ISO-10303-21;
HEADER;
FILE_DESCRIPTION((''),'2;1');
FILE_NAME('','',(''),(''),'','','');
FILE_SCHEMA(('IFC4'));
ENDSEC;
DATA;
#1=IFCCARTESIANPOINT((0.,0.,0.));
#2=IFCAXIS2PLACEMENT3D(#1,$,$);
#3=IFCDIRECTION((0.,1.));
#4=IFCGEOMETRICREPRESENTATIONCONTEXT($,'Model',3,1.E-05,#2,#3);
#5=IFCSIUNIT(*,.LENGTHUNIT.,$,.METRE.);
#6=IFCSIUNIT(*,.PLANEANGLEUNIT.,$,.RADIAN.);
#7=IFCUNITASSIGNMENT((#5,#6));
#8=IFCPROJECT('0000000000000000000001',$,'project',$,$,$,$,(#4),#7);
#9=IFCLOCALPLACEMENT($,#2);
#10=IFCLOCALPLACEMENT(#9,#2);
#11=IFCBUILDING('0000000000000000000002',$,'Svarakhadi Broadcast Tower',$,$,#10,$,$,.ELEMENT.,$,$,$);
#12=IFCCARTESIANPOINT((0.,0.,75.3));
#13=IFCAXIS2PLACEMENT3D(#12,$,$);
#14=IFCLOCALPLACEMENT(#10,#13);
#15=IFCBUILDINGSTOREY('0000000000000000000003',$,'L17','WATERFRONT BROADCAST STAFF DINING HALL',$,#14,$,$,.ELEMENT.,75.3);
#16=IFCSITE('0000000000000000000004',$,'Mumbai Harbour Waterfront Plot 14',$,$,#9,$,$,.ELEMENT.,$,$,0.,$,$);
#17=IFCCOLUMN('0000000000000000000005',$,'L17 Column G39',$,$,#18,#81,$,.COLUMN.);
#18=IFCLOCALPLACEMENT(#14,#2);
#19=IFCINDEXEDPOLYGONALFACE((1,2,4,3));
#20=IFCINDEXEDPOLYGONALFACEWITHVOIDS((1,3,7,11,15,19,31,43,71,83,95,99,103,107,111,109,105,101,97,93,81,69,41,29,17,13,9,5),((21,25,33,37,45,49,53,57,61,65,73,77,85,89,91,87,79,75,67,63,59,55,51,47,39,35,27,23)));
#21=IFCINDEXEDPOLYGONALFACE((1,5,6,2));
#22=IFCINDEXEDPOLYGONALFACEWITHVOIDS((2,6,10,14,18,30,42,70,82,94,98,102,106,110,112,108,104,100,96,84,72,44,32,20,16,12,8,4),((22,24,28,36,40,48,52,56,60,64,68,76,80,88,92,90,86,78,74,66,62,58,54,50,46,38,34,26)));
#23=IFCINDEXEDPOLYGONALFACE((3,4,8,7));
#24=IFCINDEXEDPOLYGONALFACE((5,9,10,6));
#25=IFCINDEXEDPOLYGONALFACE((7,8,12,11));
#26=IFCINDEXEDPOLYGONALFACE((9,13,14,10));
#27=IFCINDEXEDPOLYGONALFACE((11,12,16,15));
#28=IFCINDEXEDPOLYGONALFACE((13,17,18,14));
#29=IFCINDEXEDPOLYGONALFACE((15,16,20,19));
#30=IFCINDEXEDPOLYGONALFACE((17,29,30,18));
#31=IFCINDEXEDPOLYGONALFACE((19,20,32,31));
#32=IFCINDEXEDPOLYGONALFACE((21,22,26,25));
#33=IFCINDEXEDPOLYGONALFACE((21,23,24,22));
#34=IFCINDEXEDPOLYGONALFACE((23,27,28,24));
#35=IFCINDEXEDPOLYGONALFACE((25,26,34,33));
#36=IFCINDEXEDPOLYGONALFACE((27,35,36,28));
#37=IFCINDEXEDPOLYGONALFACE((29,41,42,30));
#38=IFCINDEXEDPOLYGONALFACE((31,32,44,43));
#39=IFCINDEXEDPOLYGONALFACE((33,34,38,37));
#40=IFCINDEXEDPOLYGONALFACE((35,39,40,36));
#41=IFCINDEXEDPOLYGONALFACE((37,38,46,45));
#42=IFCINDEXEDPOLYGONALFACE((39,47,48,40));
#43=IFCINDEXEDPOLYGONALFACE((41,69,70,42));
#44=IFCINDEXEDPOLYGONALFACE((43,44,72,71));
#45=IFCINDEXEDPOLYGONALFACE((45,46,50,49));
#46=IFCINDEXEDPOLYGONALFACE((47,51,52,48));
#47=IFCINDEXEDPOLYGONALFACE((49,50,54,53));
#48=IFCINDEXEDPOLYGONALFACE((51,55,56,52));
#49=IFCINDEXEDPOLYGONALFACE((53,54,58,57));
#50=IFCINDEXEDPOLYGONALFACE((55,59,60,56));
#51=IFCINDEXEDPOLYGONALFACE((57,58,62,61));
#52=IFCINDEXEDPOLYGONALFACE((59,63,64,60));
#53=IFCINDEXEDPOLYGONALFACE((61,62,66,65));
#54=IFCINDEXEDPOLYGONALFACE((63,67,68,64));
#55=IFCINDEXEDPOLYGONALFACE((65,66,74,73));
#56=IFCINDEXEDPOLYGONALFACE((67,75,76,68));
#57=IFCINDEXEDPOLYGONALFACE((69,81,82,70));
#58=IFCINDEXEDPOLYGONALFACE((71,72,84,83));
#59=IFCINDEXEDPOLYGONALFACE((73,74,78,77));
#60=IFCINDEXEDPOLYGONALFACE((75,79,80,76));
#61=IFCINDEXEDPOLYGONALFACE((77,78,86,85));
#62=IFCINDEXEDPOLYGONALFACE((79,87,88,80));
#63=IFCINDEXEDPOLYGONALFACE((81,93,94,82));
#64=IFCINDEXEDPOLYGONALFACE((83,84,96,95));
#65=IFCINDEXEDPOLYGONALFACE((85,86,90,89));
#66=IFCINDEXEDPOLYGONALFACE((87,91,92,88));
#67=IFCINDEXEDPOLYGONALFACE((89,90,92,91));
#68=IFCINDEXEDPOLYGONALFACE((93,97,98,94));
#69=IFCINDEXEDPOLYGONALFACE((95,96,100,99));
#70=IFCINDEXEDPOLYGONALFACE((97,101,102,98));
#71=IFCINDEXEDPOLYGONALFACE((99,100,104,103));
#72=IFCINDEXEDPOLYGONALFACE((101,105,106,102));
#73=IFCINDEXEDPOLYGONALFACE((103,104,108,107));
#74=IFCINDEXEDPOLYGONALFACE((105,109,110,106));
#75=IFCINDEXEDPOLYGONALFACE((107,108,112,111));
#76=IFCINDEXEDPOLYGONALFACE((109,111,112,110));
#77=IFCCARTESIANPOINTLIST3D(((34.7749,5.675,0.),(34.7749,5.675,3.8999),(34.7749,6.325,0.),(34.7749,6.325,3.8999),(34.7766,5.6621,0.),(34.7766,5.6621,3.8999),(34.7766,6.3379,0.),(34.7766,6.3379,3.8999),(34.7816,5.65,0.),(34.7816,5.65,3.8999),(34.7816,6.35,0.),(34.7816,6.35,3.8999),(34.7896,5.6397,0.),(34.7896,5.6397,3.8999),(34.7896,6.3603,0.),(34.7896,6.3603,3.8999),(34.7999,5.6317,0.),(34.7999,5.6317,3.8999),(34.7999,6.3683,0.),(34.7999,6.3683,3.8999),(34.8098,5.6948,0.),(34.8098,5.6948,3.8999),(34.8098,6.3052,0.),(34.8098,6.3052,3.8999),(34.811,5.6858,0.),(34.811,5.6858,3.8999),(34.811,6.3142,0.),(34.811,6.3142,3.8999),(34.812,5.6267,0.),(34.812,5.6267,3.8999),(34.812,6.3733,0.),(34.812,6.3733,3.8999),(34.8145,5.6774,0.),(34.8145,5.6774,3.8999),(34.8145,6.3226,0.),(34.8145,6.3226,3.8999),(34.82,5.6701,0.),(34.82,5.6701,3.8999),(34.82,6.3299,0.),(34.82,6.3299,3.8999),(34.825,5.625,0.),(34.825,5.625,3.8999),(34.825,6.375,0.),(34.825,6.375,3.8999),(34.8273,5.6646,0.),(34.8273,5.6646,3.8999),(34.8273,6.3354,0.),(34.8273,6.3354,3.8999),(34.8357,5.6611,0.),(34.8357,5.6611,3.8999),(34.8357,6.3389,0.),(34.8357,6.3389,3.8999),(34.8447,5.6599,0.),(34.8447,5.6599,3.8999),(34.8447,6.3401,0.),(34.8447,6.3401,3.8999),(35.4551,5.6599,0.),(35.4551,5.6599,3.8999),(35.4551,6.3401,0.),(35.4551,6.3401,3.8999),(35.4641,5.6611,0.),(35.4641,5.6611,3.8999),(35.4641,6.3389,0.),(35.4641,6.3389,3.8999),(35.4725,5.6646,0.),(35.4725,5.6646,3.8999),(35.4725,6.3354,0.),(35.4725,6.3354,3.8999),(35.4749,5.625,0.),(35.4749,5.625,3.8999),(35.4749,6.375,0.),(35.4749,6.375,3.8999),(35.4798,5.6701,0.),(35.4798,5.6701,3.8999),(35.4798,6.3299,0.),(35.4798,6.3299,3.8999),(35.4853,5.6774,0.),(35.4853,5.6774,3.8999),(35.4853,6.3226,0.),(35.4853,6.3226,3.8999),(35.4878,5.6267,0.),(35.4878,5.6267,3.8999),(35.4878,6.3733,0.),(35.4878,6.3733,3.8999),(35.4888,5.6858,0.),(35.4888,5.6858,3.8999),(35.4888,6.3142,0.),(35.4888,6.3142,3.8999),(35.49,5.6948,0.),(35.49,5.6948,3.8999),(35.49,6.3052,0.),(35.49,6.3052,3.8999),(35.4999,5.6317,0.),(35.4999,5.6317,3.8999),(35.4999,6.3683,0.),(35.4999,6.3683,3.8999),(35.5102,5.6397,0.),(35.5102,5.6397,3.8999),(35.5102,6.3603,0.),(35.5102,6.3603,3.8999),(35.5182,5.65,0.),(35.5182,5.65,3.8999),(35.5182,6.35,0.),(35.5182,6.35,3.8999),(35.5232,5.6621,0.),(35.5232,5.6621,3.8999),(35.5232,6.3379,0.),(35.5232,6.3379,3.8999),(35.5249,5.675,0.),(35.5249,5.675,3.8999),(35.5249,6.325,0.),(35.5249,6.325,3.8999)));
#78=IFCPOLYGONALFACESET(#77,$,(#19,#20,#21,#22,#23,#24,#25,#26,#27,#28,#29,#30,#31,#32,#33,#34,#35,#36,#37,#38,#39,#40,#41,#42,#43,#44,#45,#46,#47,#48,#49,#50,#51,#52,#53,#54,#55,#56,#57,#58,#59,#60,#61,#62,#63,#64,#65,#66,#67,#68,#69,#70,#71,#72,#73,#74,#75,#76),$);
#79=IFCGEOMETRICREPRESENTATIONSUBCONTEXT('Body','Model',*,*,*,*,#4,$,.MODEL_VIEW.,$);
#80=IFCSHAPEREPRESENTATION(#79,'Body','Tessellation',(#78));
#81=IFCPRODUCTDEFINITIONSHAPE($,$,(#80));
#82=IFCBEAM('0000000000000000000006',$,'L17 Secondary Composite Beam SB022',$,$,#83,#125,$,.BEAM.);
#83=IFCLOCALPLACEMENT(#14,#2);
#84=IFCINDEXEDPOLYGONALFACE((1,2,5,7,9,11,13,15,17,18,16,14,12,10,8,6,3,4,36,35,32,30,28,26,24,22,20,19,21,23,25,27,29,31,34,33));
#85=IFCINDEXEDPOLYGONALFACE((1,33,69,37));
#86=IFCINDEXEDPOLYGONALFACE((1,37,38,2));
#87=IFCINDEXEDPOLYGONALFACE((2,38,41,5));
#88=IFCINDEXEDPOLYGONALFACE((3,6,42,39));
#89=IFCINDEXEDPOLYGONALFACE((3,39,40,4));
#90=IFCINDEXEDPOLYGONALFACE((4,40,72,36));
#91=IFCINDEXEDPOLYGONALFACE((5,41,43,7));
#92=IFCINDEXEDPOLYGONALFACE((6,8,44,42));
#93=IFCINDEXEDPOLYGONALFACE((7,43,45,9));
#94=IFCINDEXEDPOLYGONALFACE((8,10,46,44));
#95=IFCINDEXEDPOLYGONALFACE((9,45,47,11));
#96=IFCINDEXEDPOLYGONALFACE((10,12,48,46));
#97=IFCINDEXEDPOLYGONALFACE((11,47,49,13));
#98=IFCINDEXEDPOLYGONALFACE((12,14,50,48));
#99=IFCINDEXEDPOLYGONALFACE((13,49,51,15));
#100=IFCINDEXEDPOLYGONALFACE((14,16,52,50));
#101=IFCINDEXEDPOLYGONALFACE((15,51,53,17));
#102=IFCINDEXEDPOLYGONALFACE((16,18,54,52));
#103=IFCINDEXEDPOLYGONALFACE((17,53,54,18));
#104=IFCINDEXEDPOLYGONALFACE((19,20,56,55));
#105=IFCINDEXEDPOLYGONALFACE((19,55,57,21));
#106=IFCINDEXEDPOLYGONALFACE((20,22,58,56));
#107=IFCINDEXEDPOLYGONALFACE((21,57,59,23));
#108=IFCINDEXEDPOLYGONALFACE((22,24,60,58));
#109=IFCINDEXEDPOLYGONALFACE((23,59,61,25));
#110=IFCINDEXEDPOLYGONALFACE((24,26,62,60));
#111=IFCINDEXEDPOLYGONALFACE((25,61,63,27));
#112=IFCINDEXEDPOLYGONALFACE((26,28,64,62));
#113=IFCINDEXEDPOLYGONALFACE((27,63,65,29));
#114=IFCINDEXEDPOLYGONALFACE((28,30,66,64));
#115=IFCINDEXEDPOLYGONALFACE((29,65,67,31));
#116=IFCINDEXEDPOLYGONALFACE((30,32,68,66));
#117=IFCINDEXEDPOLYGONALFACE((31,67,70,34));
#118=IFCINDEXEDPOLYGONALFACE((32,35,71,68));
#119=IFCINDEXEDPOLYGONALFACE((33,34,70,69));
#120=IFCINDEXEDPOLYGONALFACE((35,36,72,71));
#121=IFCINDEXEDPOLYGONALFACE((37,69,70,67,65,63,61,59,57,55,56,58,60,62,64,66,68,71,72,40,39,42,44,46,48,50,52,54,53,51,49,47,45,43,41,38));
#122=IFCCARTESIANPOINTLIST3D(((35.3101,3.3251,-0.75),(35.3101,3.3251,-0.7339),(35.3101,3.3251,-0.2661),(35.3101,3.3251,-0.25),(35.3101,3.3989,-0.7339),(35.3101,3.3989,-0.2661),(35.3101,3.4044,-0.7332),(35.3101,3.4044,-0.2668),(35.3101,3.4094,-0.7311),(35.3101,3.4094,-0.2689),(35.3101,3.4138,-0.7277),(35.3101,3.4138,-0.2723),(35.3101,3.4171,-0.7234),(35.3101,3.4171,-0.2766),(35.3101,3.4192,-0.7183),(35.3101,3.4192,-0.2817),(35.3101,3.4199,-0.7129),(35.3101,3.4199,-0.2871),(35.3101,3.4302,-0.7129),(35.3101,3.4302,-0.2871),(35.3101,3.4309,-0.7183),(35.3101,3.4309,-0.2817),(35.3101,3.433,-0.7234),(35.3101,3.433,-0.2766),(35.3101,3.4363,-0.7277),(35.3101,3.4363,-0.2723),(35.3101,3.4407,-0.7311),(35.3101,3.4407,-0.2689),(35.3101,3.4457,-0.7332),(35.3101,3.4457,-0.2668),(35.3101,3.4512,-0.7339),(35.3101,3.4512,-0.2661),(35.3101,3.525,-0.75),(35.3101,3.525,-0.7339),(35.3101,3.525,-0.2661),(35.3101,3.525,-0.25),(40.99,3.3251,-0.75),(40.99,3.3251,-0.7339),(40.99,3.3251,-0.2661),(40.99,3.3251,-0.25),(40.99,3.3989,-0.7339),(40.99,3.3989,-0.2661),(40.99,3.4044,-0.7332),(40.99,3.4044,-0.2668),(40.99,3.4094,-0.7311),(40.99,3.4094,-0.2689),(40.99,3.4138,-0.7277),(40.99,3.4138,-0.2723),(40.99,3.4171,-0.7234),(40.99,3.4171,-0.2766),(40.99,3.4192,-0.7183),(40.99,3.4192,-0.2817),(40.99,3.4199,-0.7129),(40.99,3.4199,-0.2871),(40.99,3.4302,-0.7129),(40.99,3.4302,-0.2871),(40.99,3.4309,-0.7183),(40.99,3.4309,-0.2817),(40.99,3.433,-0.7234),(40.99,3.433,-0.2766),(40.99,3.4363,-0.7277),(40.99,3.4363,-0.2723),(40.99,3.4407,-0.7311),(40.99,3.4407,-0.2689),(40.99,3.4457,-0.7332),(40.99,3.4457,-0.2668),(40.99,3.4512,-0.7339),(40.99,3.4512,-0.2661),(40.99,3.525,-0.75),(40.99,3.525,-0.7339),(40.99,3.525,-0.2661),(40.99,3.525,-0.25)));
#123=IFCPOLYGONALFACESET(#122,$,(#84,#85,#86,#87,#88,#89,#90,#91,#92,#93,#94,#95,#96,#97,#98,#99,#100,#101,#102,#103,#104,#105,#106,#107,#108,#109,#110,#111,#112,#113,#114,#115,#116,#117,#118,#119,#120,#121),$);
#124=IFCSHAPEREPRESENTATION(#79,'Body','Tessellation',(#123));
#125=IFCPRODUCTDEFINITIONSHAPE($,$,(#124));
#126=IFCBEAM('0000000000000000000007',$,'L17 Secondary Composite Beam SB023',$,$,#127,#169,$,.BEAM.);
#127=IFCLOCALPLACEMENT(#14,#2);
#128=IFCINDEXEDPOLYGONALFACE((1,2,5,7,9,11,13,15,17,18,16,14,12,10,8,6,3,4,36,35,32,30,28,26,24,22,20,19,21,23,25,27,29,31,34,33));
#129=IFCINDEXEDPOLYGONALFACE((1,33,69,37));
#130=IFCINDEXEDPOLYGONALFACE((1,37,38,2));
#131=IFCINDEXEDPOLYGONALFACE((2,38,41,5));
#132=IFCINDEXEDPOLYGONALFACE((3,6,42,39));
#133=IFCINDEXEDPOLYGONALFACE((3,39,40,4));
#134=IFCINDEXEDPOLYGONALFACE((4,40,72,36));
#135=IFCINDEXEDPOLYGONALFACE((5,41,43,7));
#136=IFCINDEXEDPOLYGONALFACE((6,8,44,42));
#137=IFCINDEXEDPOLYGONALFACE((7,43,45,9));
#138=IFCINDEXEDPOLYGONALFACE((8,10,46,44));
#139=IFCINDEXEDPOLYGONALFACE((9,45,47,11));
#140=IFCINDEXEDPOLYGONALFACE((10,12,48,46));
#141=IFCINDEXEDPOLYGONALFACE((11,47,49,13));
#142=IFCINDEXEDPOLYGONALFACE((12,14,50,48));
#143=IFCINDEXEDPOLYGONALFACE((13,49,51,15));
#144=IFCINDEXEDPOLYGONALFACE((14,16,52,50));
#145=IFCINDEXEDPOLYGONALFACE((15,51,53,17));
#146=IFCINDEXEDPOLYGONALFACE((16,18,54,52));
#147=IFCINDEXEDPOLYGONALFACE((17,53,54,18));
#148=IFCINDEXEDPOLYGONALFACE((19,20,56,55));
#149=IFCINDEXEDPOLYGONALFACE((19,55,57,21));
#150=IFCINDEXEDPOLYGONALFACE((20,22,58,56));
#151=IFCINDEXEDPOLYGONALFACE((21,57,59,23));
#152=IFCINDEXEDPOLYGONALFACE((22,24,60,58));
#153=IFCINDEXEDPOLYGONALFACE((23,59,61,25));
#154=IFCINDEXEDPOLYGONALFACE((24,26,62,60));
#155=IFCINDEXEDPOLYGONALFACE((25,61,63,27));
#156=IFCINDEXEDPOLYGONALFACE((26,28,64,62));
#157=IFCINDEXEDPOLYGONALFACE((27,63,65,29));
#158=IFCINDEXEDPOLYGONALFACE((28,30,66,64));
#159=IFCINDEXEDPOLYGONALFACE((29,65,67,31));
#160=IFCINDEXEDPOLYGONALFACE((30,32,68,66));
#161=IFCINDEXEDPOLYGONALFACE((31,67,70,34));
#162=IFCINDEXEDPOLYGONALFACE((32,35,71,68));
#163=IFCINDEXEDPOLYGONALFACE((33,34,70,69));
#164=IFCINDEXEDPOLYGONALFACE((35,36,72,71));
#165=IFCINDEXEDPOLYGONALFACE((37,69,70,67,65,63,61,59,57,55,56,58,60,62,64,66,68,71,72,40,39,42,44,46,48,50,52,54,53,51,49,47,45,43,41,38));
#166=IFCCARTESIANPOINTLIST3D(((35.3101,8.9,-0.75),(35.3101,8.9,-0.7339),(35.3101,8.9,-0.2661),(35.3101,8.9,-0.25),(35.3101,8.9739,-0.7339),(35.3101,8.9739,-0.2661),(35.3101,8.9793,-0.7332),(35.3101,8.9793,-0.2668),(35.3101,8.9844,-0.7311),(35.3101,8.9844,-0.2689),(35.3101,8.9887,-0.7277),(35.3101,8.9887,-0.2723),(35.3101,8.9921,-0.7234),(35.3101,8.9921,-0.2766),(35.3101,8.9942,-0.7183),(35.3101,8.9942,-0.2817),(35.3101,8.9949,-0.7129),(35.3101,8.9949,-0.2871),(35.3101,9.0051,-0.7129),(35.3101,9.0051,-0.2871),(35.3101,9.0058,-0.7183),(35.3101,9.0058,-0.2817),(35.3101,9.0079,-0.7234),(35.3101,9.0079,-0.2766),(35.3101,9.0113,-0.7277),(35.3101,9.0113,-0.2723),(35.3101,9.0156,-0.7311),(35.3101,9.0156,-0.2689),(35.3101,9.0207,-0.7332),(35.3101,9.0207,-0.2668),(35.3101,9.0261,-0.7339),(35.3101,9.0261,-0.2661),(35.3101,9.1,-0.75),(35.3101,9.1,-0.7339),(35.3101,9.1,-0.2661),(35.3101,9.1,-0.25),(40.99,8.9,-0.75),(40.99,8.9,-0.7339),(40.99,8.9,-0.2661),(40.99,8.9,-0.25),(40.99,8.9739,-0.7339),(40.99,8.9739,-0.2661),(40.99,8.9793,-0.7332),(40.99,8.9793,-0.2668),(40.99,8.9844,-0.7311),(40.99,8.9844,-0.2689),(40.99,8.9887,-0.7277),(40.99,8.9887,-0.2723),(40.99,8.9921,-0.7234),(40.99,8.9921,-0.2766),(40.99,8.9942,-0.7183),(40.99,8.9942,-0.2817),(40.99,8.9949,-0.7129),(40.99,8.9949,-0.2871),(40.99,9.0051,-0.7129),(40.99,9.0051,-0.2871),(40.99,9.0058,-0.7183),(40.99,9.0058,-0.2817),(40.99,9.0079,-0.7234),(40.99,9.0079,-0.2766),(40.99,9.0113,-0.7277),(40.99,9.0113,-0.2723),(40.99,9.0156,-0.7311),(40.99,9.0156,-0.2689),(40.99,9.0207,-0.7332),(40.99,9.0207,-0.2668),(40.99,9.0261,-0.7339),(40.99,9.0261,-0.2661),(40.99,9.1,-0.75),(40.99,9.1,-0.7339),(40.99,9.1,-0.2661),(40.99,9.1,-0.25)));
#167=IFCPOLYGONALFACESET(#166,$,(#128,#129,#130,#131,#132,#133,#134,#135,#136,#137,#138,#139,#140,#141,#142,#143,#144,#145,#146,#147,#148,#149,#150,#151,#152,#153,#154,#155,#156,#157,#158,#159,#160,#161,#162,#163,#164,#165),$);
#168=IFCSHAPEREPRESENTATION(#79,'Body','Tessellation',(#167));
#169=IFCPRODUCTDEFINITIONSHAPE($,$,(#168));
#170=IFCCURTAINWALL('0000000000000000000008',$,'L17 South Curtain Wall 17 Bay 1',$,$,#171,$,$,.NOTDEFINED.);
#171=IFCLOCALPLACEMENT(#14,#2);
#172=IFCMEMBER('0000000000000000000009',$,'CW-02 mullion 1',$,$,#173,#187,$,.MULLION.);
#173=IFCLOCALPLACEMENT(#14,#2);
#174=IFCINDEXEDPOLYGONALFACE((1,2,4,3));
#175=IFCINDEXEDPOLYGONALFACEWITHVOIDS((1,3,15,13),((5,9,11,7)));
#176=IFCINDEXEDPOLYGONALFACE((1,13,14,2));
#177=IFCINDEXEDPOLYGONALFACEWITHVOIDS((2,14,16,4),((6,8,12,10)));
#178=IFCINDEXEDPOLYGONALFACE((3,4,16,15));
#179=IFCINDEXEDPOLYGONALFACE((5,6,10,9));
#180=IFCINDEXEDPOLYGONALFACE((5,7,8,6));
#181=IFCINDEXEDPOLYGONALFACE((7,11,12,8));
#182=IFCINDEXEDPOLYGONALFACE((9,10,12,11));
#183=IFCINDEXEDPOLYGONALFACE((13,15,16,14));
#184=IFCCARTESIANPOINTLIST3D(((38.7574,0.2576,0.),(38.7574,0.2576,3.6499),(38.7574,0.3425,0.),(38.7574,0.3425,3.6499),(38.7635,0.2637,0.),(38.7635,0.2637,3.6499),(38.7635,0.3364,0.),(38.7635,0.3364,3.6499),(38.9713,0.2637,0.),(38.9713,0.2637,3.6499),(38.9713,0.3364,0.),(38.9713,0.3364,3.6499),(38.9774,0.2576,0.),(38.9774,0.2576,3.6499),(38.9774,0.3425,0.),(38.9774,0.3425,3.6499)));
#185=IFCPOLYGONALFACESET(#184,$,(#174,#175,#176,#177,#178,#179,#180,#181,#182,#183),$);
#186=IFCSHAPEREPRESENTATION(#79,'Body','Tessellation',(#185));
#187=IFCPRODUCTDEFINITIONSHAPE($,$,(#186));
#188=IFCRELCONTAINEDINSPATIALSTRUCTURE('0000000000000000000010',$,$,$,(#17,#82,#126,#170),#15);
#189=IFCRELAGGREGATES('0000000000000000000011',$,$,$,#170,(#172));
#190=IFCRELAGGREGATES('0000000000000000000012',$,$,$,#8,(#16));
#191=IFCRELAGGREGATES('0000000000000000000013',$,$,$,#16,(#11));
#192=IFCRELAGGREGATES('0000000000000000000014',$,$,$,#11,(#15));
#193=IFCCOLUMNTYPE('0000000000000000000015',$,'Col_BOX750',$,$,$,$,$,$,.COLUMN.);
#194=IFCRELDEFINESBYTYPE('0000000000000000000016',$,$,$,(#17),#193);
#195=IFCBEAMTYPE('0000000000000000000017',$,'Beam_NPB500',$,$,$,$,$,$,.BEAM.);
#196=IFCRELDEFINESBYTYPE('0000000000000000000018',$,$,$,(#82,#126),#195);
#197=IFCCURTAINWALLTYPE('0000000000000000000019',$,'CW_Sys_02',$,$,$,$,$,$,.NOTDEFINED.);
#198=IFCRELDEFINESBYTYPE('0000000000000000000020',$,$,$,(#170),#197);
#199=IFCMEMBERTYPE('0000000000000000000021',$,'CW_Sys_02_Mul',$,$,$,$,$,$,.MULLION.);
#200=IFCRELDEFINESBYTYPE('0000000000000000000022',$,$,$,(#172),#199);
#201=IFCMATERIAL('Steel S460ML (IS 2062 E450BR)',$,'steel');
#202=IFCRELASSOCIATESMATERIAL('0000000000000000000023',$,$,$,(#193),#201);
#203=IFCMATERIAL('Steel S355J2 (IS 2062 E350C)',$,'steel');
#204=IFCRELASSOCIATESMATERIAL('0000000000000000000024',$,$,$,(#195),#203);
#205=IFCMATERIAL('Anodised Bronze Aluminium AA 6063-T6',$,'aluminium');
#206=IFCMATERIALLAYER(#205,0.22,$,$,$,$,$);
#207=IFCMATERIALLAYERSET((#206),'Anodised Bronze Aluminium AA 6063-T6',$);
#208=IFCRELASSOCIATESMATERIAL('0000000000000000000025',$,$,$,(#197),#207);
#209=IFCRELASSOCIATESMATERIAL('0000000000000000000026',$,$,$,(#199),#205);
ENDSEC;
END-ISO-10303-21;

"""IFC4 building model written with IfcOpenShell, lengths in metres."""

from ifc_helpers import new_model, si_unit, direction, frame, origin, origin_2d, place, context, subcontext, project, spatial, hollow_rectangle, i_section, extrude, material, layer, layer_set, material_profile, profile_set, type_object, element, aggregate, save


model = new_model("IFC4")

# Units and contexts
model_context = context("Model", 3, precision=1e-05, world=origin(), true_north=direction((0.0, 1.0)))
body_context = subcontext(model_context, "Body", "Model", "MODEL_VIEW")
ifc_project = project(units=[si_unit("LENGTHUNIT", "METRE"), si_unit("PLANEANGLEUNIT", "RADIAN")], contexts=[model_context])

# Site, building, storey
site_placement = place(None, origin())
site = spatial("IfcSite", under=ifc_project, at=site_placement, Name="Mumbai Harbour Waterfront Plot 14", CompositionType="ELEMENT", RefElevation=0.0)
building_placement = place(site_placement, origin())
building = spatial("IfcBuilding", under=site, at=building_placement, Name="Svarakhadi Broadcast Tower", CompositionType="ELEMENT")
storey_placement = place(building_placement, frame((0.0, 0.0, 75.3)))
storey = spatial("IfcBuildingStorey", under=building, at=storey_placement, Name="L17", Description="WATERFRONT BROADCAST STAFF DINING HALL", CompositionType="ELEMENT", Elevation=75.3)

# Column
ifc_material_1 = material(Name="Steel S460ML (IS 2062 E450BR)", Category="steel")
ifc_material_profile_1 = material_profile(ifc_material_1, hollow_rectangle(XDim=0.75, YDim=0.75, WallThickness=0.0349, InnerFilletRadius=0.0349, OuterFilletRadius=0.05, at=origin_2d()), Name="BOX 750x750x35")
ifc_profile_set_1 = profile_set([ifc_material_profile_1], Name="Steel S460ML (IS 2062 E450BR)")
column_type = type_object("IfcColumnType", Name="Col_BOX750", PredefinedType="COLUMN", material=ifc_profile_set_1)
column_placement = place(storey_placement, frame((35.1499, 6.0, 0.0), z_axis=(0.0, 0.0, 1.0), x_axis=(1.0, 0.0, 0.0)))
element("IfcColumn", 1, at=column_placement, inside=storey, type_object=column_type, Name="L17 Column G39", PredefinedType="COLUMN", context=body_context, shape_type="SweptSolid", body=[
    extrude(hollow_rectangle(XDim=0.75, YDim=0.75, WallThickness=0.0349, InnerFilletRadius=0.0349, OuterFilletRadius=0.05, at=origin_2d()), origin(), (0.0, 0.0, 1.0), 3.8999),
])

# Beams
ifc_material_2 = material(Name="Steel S355J2 (IS 2062 E350C)", Category="steel")
ifc_material_profile_2 = material_profile(ifc_material_2, i_section(OverallWidth=0.2, OverallDepth=0.5, WebThickness=0.0103, FlangeThickness=0.0161, FilletRadius=0.021, at=origin_2d()), Name="NPB 500x200x91")
ifc_profile_set_2 = profile_set([ifc_material_profile_2], Name="Steel S355J2 (IS 2062 E350C)")
beam_type_1 = type_object("IfcBeamType", Name="Beam_NPB500", PredefinedType="BEAM", material=ifc_profile_set_2)
for number, where, z_axis, x_axis, name in (
    (2, (35.3101, 3.425, -0.5), (1.0, 0.0, 0.0), (0.0, 1.0, 0.0), "L17 Secondary Composite Beam SB022"),
    (3, (35.3101, 9.0, -0.5), (1.0, 0.0, 0.0), (0.0, 1.0, 0.0), "L17 Secondary Composite Beam SB023"),
):
    element("IfcBeam", number, at=place(storey_placement, frame(where, z_axis=z_axis, x_axis=x_axis)), inside=storey, type_object=beam_type_1, Name=name, PredefinedType="BEAM", context=body_context, shape_type="SweptSolid", body=[
        extrude(i_section(OverallWidth=0.2, OverallDepth=0.5, WebThickness=0.0103, FlangeThickness=0.0161, FilletRadius=0.021, at=origin_2d()), origin(), (0.0, 0.0, 1.0), 5.6799),
    ])

# Curtain wall, member
ifc_material_3 = material(Name="Anodised Bronze Aluminium AA 6063-T6", Category="aluminium")
ifc_layer_1 = layer(ifc_material_3, 0.22)
ifc_layer_set_1 = layer_set([ifc_layer_1], Name="Anodised Bronze Aluminium AA 6063-T6")
curtain_wall_type = type_object("IfcCurtainWallType", Name="CW_Sys_02", PredefinedType="NOTDEFINED", material=ifc_layer_set_1)
curtain_wall_placement = place(storey_placement, origin())
curtain_wall = element("IfcCurtainWall", 4, at=curtain_wall_placement, inside=storey, type_object=curtain_wall_type, Name="L17 South Curtain Wall 17 Bay 1", PredefinedType="NOTDEFINED")
ifc_material_profile_3 = material_profile(ifc_material_3, hollow_rectangle(XDim=0.085, YDim=0.22, WallThickness=0.0061, at=origin_2d()), Name="ALU MULLION 220x85x6")
ifc_profile_set_3 = profile_set([ifc_material_profile_3], Name="Anodised Bronze Aluminium AA 6063-T6")
member_type_1 = type_object("IfcMemberType", Name="CW_Sys_02_Mul", PredefinedType="MULLION", material=ifc_profile_set_3)
member_1_placement = place(storey_placement, frame((38.8674, 0.3, 0.0), z_axis=(0.0, 0.0, 1.0), x_axis=(0.0, -1.0, 0.0)))
member_1 = element("IfcMember", 5, at=member_1_placement, type_object=member_type_1, Name="CW-02 mullion 1", PredefinedType="MULLION", context=body_context, shape_type="SweptSolid", body=[
    extrude(hollow_rectangle(XDim=0.085, YDim=0.22, WallThickness=0.0061, at=origin_2d()), origin(), (0.0, 0.0, 1.0), 3.6499),
])

aggregate(curtain_wall, [member_1])

save(model, "model.ifc")
